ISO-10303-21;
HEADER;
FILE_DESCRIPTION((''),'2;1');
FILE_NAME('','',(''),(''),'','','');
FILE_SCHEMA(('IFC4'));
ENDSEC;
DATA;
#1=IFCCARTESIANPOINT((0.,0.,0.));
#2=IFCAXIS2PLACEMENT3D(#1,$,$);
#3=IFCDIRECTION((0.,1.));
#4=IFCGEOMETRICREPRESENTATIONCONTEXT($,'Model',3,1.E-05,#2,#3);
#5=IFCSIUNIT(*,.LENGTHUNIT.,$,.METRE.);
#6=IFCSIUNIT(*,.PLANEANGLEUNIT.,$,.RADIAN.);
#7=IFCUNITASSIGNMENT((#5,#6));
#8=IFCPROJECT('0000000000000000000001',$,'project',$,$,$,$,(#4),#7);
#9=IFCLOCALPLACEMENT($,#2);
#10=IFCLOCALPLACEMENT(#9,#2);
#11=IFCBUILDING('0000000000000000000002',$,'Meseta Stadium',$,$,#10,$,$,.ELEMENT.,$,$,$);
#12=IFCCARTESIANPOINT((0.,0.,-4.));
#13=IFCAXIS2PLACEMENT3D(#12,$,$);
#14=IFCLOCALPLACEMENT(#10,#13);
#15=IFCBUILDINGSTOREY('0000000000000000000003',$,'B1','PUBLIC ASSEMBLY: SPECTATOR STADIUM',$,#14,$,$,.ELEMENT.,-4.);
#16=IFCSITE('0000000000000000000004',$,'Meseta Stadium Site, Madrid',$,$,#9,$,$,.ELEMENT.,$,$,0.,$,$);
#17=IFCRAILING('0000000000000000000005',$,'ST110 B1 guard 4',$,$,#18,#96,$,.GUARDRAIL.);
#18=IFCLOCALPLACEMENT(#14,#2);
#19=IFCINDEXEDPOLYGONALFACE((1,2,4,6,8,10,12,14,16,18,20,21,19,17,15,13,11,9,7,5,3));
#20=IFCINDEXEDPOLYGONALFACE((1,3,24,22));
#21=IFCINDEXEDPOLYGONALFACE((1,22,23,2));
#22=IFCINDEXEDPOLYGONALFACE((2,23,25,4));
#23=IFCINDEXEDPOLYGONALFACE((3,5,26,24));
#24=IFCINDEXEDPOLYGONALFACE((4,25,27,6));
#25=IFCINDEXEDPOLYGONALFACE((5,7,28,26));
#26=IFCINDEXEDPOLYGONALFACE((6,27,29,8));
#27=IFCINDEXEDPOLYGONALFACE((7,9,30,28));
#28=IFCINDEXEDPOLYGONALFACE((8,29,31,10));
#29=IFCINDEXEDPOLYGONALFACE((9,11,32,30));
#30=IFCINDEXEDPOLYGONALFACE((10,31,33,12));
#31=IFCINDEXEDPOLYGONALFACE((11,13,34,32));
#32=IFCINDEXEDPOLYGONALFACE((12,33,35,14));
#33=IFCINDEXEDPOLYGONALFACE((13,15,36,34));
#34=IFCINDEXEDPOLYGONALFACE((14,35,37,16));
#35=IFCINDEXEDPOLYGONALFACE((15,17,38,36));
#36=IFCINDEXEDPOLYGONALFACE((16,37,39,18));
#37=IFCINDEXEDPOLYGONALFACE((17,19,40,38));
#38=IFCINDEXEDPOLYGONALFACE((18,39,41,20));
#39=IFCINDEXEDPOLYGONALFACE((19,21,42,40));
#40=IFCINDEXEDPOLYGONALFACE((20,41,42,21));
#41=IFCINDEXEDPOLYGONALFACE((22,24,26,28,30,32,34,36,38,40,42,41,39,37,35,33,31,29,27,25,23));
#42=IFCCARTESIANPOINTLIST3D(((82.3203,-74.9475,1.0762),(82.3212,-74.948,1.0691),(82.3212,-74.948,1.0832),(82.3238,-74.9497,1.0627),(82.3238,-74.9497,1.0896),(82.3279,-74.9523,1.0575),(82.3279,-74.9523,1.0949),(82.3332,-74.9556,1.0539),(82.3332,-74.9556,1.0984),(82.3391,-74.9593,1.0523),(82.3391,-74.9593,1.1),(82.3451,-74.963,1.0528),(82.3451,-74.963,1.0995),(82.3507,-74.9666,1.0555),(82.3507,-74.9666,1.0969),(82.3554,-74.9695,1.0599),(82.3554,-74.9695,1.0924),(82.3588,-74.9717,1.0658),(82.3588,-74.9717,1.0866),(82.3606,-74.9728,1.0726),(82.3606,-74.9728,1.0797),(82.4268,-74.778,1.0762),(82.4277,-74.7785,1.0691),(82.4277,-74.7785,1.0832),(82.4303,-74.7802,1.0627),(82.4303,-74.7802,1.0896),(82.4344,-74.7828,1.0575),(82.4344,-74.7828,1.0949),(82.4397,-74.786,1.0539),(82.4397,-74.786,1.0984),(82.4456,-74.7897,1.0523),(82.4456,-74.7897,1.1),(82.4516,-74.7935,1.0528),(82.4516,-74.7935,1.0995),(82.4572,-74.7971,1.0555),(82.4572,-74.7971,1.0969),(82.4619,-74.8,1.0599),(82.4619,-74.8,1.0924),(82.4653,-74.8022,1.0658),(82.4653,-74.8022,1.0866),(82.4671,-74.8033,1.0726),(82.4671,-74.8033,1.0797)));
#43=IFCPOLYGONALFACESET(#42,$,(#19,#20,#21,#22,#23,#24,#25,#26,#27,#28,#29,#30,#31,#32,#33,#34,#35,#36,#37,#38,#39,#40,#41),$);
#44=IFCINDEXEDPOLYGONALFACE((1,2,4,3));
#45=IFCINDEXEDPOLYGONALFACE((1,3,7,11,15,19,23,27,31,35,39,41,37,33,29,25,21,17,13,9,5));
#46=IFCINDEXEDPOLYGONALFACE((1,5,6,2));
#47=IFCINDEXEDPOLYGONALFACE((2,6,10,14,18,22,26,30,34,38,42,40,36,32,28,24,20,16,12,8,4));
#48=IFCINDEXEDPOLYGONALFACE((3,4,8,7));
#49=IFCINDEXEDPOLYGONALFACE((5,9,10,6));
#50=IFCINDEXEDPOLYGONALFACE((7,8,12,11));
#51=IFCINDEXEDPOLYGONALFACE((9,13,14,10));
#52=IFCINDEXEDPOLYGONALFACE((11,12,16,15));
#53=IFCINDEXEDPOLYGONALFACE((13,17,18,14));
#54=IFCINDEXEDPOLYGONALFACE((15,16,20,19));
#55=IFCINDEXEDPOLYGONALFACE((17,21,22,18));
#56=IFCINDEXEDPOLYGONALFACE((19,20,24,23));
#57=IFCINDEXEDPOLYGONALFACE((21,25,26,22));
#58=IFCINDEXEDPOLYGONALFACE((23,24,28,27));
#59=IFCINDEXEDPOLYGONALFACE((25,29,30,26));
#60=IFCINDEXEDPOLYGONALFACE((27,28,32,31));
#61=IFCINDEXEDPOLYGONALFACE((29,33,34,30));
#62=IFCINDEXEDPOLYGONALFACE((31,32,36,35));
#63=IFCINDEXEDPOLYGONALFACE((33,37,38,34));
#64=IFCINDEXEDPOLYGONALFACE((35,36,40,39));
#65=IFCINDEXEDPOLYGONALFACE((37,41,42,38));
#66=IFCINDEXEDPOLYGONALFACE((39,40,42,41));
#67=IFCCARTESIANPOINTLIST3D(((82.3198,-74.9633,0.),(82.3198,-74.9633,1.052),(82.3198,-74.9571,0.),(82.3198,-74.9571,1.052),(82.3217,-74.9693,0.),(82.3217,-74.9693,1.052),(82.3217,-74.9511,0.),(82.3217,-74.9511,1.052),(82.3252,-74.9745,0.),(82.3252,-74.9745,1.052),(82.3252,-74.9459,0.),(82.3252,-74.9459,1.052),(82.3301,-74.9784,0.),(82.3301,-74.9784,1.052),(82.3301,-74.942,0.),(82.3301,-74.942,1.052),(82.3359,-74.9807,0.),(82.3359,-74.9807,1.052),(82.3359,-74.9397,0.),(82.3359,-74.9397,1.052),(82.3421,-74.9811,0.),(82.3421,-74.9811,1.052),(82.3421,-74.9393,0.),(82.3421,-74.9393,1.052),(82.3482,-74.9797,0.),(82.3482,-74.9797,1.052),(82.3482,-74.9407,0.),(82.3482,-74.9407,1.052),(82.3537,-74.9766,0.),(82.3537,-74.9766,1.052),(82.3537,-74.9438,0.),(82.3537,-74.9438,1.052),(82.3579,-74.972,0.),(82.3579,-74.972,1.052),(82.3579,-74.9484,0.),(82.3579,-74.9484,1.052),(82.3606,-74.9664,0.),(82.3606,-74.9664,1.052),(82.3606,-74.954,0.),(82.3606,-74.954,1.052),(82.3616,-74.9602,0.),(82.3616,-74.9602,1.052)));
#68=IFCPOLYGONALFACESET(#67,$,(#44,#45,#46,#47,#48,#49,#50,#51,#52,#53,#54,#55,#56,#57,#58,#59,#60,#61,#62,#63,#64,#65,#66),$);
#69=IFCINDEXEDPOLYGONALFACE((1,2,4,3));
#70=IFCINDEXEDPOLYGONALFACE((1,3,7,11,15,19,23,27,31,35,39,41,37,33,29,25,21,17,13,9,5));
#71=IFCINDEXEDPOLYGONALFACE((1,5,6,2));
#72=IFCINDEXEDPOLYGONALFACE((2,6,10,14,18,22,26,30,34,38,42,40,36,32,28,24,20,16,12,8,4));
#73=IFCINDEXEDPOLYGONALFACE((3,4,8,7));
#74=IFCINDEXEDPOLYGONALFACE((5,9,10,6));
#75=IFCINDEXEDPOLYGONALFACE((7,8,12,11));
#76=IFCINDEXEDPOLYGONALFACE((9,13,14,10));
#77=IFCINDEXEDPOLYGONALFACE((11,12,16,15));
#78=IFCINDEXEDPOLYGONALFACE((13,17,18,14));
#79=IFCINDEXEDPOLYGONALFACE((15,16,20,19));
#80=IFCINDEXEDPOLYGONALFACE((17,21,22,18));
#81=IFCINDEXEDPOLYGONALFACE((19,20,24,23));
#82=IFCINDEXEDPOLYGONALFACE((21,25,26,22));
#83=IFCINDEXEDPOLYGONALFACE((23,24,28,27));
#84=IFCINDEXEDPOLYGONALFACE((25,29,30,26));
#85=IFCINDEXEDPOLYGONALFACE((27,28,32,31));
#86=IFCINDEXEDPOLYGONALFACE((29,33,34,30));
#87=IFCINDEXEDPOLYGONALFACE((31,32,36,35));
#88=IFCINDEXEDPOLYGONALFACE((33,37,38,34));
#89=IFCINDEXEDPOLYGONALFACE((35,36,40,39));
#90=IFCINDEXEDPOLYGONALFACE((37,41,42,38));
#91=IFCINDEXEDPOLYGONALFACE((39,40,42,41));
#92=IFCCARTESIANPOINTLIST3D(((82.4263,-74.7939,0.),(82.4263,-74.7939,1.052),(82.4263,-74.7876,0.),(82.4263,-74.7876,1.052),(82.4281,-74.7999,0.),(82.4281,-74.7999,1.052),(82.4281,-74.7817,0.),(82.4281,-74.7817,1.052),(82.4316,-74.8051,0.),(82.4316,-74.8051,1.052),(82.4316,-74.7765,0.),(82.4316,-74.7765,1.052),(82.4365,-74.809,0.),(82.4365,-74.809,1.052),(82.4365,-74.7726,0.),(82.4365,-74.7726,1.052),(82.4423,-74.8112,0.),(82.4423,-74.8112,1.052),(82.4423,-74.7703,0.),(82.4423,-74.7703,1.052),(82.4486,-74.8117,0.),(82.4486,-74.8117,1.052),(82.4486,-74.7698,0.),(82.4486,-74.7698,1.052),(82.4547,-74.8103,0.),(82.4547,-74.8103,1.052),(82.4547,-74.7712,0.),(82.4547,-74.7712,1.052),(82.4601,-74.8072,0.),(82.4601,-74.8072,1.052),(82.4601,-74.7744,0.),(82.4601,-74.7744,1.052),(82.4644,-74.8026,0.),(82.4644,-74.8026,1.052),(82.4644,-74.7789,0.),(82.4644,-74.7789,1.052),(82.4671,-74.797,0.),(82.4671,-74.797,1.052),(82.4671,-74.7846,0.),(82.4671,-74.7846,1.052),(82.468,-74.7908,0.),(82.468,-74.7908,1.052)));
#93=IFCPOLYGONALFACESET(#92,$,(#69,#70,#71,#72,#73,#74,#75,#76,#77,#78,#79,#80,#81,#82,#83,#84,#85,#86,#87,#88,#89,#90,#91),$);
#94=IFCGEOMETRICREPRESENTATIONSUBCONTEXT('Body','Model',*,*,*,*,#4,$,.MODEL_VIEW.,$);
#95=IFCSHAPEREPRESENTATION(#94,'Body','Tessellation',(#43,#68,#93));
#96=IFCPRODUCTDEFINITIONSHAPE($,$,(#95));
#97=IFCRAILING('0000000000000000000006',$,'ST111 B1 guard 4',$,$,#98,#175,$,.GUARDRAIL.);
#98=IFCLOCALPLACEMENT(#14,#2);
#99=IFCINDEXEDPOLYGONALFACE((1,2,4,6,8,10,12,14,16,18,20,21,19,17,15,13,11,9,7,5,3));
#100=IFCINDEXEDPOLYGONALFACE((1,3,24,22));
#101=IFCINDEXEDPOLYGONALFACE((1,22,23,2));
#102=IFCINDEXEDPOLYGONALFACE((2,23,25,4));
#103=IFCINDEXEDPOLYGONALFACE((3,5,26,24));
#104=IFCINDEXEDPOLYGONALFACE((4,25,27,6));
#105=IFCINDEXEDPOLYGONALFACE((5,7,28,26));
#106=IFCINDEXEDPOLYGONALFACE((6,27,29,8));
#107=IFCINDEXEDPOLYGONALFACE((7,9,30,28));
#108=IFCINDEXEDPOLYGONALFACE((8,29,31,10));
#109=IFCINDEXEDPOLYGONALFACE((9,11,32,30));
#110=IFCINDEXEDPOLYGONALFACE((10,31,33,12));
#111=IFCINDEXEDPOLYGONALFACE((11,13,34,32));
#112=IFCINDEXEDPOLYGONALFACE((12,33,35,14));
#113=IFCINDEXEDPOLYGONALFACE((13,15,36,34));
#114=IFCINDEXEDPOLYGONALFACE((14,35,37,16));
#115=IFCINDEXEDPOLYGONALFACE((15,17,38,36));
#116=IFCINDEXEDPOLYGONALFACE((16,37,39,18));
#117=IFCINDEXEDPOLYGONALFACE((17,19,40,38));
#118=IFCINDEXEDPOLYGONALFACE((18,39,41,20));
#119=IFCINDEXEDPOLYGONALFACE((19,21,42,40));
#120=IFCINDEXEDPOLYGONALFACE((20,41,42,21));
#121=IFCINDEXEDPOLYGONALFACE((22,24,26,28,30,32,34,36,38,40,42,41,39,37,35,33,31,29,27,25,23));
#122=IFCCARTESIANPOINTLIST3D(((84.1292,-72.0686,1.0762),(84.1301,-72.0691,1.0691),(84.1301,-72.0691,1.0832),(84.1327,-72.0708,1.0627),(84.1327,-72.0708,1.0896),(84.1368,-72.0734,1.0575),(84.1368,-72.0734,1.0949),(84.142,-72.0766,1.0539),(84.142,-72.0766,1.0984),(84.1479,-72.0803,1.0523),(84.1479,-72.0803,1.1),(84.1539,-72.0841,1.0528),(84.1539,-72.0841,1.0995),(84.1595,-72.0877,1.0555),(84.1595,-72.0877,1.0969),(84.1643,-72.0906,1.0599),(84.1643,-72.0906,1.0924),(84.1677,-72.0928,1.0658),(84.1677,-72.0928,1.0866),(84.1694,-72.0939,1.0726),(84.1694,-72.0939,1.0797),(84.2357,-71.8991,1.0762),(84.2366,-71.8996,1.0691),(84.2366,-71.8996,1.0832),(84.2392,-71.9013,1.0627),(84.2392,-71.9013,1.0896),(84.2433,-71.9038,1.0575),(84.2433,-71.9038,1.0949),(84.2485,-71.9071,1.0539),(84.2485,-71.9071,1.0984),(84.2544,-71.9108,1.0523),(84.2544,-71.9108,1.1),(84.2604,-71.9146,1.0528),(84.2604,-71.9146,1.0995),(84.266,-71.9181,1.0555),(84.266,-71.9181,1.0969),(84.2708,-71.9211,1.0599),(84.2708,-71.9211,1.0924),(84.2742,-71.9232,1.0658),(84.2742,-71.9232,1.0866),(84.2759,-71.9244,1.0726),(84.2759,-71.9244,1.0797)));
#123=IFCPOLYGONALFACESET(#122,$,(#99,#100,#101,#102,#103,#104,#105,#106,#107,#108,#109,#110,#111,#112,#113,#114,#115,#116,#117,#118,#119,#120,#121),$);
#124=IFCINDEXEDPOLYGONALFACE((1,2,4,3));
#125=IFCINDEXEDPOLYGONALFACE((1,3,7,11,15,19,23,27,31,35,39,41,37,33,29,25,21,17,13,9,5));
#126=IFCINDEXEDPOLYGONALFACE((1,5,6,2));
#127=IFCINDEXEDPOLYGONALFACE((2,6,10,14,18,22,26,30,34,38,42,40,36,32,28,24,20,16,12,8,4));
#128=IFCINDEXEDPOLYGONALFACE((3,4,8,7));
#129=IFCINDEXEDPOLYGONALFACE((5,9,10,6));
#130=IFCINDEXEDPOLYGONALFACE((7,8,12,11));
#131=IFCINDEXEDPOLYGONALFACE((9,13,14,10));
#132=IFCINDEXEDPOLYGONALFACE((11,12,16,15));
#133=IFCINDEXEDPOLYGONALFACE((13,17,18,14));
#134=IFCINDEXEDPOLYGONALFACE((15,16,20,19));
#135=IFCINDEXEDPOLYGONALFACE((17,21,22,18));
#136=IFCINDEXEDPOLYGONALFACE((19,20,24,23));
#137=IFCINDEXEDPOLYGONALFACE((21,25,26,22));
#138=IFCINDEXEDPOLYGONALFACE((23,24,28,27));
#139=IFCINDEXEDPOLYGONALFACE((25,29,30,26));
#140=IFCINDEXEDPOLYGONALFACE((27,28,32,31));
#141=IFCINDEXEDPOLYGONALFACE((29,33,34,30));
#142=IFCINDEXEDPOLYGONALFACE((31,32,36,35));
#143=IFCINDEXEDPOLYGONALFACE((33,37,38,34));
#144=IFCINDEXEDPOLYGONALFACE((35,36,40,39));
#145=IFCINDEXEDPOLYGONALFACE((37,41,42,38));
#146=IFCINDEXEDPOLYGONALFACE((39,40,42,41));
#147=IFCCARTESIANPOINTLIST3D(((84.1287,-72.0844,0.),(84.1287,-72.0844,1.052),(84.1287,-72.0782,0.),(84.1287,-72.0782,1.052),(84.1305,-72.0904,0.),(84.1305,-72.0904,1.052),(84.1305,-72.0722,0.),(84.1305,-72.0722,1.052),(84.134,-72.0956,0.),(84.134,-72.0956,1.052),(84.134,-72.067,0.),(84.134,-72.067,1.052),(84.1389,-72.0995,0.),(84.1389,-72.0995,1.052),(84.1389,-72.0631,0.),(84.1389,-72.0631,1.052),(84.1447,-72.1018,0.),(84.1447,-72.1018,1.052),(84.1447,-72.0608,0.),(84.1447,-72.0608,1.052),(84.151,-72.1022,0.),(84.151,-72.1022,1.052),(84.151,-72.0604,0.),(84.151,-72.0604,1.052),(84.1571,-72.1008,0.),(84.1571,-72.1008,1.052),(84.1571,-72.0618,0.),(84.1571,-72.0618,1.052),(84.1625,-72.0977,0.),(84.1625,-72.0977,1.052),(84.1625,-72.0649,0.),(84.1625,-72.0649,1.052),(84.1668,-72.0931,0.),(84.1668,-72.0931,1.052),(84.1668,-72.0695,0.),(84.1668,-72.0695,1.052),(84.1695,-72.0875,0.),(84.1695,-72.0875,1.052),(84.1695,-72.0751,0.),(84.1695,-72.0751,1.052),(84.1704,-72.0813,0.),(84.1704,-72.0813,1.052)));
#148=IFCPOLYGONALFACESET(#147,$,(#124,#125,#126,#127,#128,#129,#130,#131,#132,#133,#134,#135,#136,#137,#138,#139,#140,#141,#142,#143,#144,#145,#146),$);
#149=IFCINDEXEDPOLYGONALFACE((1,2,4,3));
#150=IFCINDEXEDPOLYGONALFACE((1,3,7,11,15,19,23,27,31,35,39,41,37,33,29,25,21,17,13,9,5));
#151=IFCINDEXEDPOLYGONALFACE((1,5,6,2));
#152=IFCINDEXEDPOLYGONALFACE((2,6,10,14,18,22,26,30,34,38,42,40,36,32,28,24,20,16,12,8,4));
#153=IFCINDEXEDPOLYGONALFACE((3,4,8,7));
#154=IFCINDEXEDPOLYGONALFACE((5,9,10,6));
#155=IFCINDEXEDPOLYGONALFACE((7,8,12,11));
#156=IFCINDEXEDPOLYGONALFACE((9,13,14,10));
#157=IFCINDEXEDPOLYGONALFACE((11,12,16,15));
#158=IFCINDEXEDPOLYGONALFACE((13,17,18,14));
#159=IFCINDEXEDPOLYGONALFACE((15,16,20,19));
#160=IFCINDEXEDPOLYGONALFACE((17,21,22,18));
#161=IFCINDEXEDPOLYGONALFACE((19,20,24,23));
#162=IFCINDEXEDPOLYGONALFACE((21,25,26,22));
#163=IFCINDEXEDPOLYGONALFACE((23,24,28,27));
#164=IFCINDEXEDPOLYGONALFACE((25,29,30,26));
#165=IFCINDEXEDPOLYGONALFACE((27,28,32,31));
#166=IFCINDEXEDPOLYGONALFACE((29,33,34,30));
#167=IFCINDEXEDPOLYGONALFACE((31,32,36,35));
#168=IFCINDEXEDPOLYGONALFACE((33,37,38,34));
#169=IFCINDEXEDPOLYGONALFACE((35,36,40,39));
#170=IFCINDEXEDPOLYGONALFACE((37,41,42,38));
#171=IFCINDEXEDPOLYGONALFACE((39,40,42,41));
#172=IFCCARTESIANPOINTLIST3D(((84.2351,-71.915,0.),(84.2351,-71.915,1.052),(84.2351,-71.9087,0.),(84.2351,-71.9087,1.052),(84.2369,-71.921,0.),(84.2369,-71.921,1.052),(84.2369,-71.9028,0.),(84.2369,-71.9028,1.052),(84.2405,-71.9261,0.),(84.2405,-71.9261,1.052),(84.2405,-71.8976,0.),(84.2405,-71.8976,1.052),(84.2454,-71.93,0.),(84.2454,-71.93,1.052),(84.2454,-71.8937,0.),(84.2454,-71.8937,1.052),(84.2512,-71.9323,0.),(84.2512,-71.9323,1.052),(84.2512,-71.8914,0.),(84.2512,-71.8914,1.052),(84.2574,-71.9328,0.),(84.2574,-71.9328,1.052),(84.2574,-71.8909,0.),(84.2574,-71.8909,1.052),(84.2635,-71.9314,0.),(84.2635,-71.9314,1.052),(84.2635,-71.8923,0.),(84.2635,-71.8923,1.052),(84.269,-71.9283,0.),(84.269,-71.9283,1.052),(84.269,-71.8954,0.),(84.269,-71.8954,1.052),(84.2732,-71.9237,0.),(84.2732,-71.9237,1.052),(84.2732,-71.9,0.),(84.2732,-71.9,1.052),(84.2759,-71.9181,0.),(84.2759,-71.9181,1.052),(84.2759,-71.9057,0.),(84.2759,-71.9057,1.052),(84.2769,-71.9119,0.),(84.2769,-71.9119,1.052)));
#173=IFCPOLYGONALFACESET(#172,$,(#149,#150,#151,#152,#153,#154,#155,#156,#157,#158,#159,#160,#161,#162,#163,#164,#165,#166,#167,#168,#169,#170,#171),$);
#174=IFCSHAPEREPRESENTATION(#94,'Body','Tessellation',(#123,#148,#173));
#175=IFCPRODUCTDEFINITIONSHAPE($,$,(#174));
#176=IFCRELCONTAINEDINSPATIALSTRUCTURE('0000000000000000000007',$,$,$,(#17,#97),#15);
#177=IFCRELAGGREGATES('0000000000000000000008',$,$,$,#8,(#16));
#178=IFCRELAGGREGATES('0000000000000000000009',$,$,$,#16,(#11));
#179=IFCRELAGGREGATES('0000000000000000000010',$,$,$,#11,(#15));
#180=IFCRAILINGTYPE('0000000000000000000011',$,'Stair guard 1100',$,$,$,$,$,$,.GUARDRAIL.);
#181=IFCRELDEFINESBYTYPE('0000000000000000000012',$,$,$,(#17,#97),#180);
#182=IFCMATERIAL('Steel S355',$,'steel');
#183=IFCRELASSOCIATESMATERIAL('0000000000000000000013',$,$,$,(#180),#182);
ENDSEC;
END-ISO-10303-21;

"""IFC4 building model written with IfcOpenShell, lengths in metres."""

from ifc_helpers import new_model, si_unit, direction, frame, origin, origin_2d, place, context, subcontext, project, spatial, circle, extrude, material, type_object, element, save


model = new_model("IFC4")

# Units and contexts
model_context = context("Model", 3, precision=1e-05, world=origin(), true_north=direction((0.0, 1.0)))
body_context = subcontext(model_context, "Body", "Model", "MODEL_VIEW")
ifc_project = project(units=[si_unit("LENGTHUNIT", "METRE"), si_unit("PLANEANGLEUNIT", "RADIAN")], contexts=[model_context])

# Site, building, storey
site_placement = place(None, origin())
site = spatial("IfcSite", under=ifc_project, at=site_placement, Name="Meseta Stadium Site, Madrid", CompositionType="ELEMENT", RefElevation=0.0)
building_placement = place(site_placement, origin())
building = spatial("IfcBuilding", under=site, at=building_placement, Name="Meseta Stadium", CompositionType="ELEMENT")
storey_placement = place(building_placement, frame((0.0, 0.0, -4.0)))
storey = spatial("IfcBuildingStorey", under=building, at=storey_placement, Name="B1", Description="PUBLIC ASSEMBLY: SPECTATOR STADIUM", CompositionType="ELEMENT", Elevation=-4.0)

# Railings
ifc_material_1 = material(Name="Steel S355", Category="steel")
railing_type_1 = type_object("IfcRailingType", Name="Stair guard 1100", PredefinedType="GUARDRAIL", material=ifc_material_1)
for number, where, name in (
    (1, (82.3406, -74.9602, 0.0), "ST110 B1 guard 4"),
    (2, (84.1494, -72.0813, 0.0), "ST111 B1 guard 4"),
):
    element("IfcRailing", number, at=place(storey_placement, frame(where)), inside=storey, type_object=railing_type_1, Name=name, PredefinedType="GUARDRAIL", context=body_context, shape_type="SweptSolid", body=[
        extrude(circle(Radius=0.0239, at=origin_2d()), frame((0.0, 0.0, 1.0762), z_axis=(0.531972, 0.846762, 0.0), x_axis=(-0.846762, 0.531972, 0.0)), (0.0, 0.0, 1.0), 0.2002),
        extrude(circle(Radius=0.021, at=origin_2d()), origin(), (0.0, 0.0, 1.0), 1.052),
        extrude(circle(Radius=0.021, at=origin_2d()), frame((0.1064, 0.1694, 0.0)), (0.0, 0.0, 1.0), 1.052),
    ])

save(model, "model.ifc")
